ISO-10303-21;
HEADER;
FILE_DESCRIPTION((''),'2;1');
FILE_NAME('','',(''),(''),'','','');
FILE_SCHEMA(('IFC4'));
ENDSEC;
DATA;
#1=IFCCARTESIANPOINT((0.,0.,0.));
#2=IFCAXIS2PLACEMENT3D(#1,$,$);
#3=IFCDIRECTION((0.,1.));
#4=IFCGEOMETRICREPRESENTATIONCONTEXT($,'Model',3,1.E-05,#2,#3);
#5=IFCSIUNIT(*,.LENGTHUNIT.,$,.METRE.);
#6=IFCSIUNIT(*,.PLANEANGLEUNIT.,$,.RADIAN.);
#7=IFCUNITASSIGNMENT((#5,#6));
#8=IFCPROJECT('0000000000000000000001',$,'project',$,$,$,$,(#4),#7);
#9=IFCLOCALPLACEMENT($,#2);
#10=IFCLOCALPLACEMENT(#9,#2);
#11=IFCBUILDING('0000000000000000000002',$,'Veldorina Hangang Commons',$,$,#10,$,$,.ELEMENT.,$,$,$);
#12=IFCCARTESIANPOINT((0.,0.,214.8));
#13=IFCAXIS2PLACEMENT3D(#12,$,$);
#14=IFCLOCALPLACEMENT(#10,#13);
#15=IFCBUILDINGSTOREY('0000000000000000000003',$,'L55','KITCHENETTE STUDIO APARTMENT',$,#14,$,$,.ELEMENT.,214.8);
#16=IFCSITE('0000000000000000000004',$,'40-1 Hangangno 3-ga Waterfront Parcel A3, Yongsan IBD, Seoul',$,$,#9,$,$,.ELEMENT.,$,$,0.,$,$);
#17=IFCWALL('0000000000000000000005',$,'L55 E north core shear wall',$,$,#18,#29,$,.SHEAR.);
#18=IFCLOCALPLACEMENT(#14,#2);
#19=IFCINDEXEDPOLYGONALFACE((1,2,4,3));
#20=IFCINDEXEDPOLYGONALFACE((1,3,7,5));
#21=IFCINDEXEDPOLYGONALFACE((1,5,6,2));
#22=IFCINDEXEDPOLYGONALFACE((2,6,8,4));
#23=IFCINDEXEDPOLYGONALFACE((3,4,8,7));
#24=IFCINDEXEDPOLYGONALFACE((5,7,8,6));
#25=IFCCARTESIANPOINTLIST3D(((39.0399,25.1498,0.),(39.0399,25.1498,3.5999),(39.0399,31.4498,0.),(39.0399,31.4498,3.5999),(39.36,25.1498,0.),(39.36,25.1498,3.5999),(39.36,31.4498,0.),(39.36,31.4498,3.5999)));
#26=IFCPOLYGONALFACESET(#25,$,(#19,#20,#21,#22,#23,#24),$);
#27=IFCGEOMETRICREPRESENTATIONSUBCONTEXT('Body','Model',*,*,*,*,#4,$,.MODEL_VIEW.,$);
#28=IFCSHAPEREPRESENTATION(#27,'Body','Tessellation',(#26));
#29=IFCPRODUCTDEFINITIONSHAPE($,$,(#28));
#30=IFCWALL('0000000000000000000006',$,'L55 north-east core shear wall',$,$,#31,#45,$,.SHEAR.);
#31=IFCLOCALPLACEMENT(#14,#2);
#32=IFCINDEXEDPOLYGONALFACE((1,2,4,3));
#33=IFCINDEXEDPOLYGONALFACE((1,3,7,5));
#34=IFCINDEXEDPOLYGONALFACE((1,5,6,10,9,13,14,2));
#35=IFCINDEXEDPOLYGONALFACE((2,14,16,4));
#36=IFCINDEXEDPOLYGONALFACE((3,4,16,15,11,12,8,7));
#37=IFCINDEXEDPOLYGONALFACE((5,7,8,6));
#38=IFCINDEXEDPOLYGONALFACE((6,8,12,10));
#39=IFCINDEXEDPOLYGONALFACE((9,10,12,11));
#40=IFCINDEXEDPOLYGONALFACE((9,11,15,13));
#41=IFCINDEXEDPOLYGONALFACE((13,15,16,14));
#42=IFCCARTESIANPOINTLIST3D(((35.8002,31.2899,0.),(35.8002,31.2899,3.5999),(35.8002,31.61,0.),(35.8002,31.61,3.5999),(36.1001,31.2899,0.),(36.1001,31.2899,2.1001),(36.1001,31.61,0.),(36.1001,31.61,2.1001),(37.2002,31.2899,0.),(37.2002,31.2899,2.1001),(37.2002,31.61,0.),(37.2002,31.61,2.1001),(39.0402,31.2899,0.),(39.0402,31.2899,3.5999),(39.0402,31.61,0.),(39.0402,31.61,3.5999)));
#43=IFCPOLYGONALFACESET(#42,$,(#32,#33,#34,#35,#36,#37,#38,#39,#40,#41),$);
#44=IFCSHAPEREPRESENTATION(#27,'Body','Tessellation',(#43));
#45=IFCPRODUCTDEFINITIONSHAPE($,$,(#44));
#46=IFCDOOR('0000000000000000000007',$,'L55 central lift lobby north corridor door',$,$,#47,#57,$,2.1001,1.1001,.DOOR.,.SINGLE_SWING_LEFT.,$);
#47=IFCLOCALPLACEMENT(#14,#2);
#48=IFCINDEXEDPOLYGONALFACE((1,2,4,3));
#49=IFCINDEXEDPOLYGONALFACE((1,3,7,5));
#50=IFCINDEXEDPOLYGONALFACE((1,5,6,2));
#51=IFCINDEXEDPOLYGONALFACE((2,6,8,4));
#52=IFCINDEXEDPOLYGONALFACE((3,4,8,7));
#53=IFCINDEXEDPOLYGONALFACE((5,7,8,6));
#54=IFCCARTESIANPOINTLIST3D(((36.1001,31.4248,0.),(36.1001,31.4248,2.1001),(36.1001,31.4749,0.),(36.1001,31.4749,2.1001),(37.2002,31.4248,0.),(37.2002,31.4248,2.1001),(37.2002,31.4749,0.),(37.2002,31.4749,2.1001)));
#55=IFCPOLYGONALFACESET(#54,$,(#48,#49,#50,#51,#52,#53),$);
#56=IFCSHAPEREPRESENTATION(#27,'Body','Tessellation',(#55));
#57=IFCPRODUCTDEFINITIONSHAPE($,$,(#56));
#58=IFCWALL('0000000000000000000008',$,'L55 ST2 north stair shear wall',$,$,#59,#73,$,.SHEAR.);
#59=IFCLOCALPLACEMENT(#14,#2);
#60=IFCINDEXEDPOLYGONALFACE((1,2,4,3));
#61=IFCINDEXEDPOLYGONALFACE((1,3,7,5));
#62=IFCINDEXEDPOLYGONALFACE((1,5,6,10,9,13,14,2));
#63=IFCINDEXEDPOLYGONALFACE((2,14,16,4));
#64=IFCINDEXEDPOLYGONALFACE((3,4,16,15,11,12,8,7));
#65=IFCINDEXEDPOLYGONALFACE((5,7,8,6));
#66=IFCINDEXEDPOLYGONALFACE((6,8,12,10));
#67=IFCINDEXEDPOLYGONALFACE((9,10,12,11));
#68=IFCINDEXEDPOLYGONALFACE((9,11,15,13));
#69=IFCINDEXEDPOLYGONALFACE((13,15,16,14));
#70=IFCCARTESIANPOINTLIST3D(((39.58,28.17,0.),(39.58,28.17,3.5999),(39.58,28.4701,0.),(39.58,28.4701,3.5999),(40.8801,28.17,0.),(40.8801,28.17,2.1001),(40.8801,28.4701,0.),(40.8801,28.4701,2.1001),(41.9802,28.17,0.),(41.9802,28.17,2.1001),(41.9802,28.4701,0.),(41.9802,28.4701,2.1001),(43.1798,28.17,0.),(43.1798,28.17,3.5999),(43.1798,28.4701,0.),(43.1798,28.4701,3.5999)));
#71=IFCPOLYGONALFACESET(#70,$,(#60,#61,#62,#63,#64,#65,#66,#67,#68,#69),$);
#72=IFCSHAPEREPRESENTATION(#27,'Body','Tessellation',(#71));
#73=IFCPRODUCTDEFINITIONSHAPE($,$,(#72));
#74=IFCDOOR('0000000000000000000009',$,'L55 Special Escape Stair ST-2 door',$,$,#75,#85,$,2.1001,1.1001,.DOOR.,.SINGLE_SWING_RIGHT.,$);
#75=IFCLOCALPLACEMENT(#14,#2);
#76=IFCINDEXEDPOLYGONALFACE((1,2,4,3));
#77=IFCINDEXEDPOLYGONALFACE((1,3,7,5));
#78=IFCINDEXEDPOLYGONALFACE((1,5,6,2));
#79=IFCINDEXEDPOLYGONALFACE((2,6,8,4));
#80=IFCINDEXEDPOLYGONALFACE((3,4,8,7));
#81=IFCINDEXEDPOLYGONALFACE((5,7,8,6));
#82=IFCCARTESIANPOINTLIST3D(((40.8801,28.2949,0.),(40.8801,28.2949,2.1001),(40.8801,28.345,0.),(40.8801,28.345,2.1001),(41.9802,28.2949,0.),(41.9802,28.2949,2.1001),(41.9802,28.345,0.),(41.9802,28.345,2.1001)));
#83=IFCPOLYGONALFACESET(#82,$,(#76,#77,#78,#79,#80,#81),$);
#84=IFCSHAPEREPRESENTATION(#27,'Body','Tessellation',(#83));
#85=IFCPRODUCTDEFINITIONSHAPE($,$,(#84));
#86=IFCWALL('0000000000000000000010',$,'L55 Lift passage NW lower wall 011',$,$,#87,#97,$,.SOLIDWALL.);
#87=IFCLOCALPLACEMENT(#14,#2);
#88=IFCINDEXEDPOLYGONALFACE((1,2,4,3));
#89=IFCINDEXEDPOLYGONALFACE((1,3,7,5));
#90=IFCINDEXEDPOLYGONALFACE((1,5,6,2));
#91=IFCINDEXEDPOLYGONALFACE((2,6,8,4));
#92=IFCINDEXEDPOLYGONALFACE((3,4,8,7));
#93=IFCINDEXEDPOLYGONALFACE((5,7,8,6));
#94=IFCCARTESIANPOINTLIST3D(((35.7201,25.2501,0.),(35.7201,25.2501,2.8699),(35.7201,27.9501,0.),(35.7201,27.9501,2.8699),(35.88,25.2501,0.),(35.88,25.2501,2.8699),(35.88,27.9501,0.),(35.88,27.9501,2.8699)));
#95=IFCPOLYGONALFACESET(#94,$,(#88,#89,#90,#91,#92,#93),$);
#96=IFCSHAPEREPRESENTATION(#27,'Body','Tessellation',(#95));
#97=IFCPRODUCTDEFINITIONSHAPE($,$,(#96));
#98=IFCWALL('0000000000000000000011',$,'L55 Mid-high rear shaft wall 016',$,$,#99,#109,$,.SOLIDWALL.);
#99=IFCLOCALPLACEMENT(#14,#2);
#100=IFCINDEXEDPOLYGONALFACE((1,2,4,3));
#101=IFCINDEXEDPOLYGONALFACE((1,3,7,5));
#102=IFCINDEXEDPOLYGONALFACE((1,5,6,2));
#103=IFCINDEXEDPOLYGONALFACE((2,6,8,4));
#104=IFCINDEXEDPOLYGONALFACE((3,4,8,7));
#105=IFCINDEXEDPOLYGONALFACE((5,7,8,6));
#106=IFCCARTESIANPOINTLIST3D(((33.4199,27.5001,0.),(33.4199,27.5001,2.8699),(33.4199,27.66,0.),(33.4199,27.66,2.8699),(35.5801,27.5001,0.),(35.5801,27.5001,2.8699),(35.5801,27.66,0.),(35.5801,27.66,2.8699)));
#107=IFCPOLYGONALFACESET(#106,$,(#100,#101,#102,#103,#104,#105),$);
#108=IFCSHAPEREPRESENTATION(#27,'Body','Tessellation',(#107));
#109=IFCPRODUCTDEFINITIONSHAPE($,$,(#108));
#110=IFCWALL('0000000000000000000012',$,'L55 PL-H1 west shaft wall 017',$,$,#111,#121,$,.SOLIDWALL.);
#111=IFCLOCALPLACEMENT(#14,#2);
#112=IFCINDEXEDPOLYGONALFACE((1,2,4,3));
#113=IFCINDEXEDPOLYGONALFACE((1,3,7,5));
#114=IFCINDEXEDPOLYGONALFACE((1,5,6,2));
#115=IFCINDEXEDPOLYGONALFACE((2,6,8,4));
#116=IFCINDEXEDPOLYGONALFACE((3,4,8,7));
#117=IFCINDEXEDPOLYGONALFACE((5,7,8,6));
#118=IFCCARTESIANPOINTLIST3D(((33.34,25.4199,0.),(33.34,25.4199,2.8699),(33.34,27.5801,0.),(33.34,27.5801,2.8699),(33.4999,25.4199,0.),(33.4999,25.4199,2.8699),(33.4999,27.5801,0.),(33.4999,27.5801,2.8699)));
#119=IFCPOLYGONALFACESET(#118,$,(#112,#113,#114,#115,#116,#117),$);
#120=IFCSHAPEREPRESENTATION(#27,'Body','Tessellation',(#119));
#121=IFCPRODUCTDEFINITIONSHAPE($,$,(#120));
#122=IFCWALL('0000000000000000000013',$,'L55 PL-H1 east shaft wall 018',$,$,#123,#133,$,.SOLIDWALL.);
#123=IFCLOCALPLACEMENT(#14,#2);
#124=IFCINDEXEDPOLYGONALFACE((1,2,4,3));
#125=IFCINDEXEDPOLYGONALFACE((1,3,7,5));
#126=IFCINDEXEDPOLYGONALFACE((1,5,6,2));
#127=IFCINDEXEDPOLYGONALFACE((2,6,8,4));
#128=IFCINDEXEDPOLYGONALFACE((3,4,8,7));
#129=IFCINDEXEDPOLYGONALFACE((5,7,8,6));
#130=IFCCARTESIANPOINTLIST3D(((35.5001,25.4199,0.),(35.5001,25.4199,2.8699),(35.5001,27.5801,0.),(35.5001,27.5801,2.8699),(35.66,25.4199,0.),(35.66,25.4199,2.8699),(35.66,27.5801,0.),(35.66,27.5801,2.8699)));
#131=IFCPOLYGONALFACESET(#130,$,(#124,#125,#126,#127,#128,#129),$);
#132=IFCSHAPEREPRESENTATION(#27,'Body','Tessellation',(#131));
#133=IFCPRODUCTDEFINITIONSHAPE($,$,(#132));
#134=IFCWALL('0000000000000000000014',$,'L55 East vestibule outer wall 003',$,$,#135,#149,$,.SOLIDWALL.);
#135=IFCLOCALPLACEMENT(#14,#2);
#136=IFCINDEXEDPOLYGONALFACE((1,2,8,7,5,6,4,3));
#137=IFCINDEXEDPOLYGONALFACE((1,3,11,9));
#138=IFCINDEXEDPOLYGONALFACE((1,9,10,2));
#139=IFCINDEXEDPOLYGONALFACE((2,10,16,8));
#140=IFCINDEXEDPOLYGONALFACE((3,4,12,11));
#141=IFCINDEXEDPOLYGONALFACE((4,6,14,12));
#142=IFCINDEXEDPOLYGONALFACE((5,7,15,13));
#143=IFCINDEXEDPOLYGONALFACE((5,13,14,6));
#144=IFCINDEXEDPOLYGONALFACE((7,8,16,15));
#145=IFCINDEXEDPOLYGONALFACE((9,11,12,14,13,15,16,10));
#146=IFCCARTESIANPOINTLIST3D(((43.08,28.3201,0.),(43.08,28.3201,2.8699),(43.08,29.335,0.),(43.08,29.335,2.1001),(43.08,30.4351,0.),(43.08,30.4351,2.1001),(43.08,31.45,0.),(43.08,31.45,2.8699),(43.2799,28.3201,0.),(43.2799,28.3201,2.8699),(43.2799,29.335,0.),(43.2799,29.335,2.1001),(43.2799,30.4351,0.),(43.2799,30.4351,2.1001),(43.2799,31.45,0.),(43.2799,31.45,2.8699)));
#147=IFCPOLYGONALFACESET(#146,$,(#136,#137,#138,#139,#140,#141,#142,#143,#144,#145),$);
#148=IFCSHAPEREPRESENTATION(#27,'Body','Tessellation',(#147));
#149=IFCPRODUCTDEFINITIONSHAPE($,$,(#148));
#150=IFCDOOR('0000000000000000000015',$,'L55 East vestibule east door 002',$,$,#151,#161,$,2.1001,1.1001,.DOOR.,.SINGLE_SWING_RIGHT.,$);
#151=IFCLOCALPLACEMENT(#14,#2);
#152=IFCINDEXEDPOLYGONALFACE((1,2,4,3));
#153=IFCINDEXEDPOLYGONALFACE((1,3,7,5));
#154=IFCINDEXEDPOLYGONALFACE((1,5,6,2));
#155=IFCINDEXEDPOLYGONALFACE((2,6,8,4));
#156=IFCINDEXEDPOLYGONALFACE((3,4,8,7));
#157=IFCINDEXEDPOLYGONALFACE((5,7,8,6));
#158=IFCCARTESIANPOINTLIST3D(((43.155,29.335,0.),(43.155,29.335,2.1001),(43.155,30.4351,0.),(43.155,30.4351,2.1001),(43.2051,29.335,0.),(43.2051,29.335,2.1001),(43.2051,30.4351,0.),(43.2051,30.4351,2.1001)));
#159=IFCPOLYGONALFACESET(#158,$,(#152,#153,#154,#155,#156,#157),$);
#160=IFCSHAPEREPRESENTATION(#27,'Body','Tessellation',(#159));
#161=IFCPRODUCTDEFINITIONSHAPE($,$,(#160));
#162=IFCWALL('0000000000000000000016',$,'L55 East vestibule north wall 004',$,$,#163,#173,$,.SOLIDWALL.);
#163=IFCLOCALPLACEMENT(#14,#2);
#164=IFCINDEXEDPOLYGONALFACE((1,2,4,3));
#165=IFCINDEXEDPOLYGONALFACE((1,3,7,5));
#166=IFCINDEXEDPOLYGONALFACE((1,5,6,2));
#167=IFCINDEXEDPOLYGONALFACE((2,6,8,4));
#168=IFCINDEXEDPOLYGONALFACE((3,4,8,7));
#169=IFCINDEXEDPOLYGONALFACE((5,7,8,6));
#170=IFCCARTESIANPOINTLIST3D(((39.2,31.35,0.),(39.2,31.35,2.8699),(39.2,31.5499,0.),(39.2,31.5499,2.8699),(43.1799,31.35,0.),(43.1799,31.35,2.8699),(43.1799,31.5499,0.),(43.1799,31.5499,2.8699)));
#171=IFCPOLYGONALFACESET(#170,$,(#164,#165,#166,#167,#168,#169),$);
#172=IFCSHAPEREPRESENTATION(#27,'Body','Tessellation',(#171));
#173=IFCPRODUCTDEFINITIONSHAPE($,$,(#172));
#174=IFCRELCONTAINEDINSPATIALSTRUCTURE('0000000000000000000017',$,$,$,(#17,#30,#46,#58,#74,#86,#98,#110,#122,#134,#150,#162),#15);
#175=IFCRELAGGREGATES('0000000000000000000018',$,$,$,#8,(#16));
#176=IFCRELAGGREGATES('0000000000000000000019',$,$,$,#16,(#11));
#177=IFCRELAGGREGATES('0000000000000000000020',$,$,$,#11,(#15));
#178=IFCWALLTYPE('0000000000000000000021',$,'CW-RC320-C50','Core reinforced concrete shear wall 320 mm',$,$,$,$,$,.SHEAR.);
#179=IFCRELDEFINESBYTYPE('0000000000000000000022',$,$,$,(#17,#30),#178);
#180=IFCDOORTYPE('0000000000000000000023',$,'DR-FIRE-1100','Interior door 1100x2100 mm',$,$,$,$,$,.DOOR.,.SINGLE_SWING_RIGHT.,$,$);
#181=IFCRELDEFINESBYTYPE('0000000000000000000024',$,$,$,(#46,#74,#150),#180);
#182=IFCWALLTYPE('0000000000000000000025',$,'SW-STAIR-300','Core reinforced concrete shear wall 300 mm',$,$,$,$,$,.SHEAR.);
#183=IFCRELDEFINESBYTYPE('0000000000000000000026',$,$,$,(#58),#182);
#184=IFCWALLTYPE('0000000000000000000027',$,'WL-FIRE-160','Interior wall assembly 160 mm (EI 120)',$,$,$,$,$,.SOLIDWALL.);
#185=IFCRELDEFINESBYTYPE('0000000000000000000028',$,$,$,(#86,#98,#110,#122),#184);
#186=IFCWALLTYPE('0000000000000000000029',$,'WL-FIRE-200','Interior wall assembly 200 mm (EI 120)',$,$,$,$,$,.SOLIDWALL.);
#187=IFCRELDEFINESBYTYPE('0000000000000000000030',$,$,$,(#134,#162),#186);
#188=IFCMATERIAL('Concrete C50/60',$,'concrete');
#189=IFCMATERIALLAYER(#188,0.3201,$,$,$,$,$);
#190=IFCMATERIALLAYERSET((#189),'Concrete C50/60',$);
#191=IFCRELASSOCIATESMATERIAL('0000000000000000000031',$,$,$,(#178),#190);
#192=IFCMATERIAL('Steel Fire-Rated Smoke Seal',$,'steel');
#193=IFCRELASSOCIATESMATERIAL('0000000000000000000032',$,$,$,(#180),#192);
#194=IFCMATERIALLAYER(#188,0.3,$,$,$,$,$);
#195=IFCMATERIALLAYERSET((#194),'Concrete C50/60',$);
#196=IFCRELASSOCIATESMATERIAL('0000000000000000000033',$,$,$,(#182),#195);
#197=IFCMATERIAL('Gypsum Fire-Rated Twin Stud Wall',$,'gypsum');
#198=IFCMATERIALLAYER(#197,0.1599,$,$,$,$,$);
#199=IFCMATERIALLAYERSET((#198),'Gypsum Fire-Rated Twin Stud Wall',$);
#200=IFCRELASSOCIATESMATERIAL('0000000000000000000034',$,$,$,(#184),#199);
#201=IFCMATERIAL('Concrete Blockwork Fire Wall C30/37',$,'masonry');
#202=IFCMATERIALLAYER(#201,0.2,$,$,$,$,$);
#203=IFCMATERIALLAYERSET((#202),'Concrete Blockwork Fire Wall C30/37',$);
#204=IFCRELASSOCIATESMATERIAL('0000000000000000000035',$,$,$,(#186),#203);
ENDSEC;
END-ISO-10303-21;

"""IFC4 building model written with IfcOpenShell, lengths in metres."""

from ifc_helpers import new_model, si_unit, direction, frame, frame_2d, origin, place, context, subcontext, project, spatial, rectangle, extrude, material, layer, layer_set, type_object, element, fill, save


model = new_model("IFC4")

# Units and contexts
model_context = context("Model", 3, precision=1e-05, world=origin(), true_north=direction((0.0, 1.0)))
body_context = subcontext(model_context, "Body", "Model", "MODEL_VIEW")
ifc_project = project(units=[si_unit("LENGTHUNIT", "METRE"), si_unit("PLANEANGLEUNIT", "RADIAN")], contexts=[model_context])

# Site, building, storey
site_placement = place(None, origin())
site = spatial("IfcSite", under=ifc_project, at=site_placement, Name="40-1 Hangangno 3-ga Waterfront Parcel A3, Yongsan IBD, Seoul", CompositionType="ELEMENT", RefElevation=0.0)
building_placement = place(site_placement, origin())
building = spatial("IfcBuilding", under=site, at=building_placement, Name="Veldorina Hangang Commons", CompositionType="ELEMENT")
storey_placement = place(building_placement, frame((0.0, 0.0, 214.8)))
storey = spatial("IfcBuildingStorey", under=building, at=storey_placement, Name="L55", Description="KITCHENETTE STUDIO APARTMENT", CompositionType="ELEMENT", Elevation=214.8)

# Wall
ifc_material_1 = material(Name="Concrete C50/60", Category="concrete")
ifc_layer_1 = layer(ifc_material_1, 0.3201)
ifc_layer_set_1 = layer_set([ifc_layer_1], Name="Concrete C50/60")
wall_type_1 = type_object("IfcWallType", Name="CW-RC320-C50", Description="Core reinforced concrete shear wall 320 mm", PredefinedType="SHEAR", material=ifc_layer_set_1)
wall_1_placement = place(storey_placement, frame((39.2, 25.1499, 0.0), z_axis=(0.0, 0.0, 1.0), x_axis=(0.0, 1.0, 0.0)))
element("IfcWall", 1, at=wall_1_placement, inside=storey, type_object=wall_type_1, Name="L55 E north core shear wall", PredefinedType="SHEAR", context=body_context, shape_type="SweptSolid", body=[
    extrude(rectangle(XDim=6.3, YDim=0.3201, at=frame_2d((3.1499, 0.0))), origin(), (0.0, 0.0, 1.0), 3.5999),
])

# Walls, openings, doors
wall_2_placement = place(storey_placement, frame((35.8, 31.45, 0.0), z_axis=(0.0, 0.0, 1.0), x_axis=(1.0, 0.0, 0.0)))
wall_2 = element("IfcWall", 2, at=wall_2_placement, inside=storey, type_object=wall_type_1, Name="L55 north-east core shear wall", PredefinedType="SHEAR", context=body_context, shape_type="SweptSolid", body=[
    extrude(rectangle(XDim=3.24, YDim=0.3201, at=frame_2d((1.6201, 0.0))), origin(), (0.0, 0.0, 1.0), 3.5999),
])
opening_1_placement = place(wall_2_placement, frame((0.3, 0.0, 0.0)))
opening_1 = element("IfcOpeningElement", 3, at=opening_1_placement, cuts=wall_2, PredefinedType="OPENING", context=body_context, shape_type="SweptSolid", body=[
    extrude(rectangle(XDim=1.1001, YDim=2.1001, at=frame_2d((0.55, 1.05))), frame((0.0, 0.1699, 0.0), z_axis=(0.0, -1.0, 0.0), x_axis=(1.0, 0.0, 0.0)), (0.0, 0.0, 1.0), 0.3401),
])
ifc_material_2 = material(Name="Steel Fire-Rated Smoke Seal", Category="steel")
door_type_1 = type_object("IfcDoorType", Name="DR-FIRE-1100", Description="Interior door 1100x2100 mm", OperationType="SINGLE_SWING_RIGHT", PredefinedType="DOOR", material=ifc_material_2)
door_1_placement = place(opening_1_placement, origin())
door_1 = element("IfcDoor", 4, at=door_1_placement, inside=storey, type_object=door_type_1, Name="L55 central lift lobby north corridor door", OperationType="SINGLE_SWING_LEFT", OverallHeight=2.1001, OverallWidth=1.1001, PredefinedType="DOOR", context=body_context, shape_type="SweptSolid", body=[
    extrude(rectangle(XDim=1.1001, YDim=2.1001, at=frame_2d((0.55, 1.05))), frame((0.0, 0.0249, 0.0), z_axis=(0.0, -1.0, 0.0), x_axis=(1.0, 0.0, 0.0)), (0.0, 0.0, 1.0), 0.05),
])
fill(opening_1, door_1)
ifc_layer_2 = layer(ifc_material_1, 0.3)
ifc_layer_set_2 = layer_set([ifc_layer_2], Name="Concrete C50/60")
wall_type_2 = type_object("IfcWallType", Name="SW-STAIR-300", Description="Core reinforced concrete shear wall 300 mm", PredefinedType="SHEAR", material=ifc_layer_set_2)
wall_3_placement = place(storey_placement, frame((39.5801, 28.3201, 0.0), z_axis=(0.0, 0.0, 1.0), x_axis=(1.0, 0.0, 0.0)))
wall_3 = element("IfcWall", 5, at=wall_3_placement, inside=storey, type_object=wall_type_2, Name="L55 ST2 north stair shear wall", PredefinedType="SHEAR", context=body_context, shape_type="SweptSolid", body=[
    extrude(rectangle(XDim=3.5999, YDim=0.3, at=frame_2d((1.7998, 0.0))), origin(), (0.0, 0.0, 1.0), 3.5999),
])
opening_2_placement = place(wall_3_placement, frame((1.3, 0.0, 0.0)))
opening_2 = element("IfcOpeningElement", 6, at=opening_2_placement, cuts=wall_3, PredefinedType="OPENING", context=body_context, shape_type="SweptSolid", body=[
    extrude(rectangle(XDim=1.1001, YDim=2.1001, at=frame_2d((0.55, 1.05))), frame((0.0, 0.1602, 0.0), z_axis=(0.0, -1.0, 0.0), x_axis=(1.0, 0.0, 0.0)), (0.0, 0.0, 1.0), 0.3201),
])
door_2_placement = place(opening_2_placement, origin())
door_2 = element("IfcDoor", 7, at=door_2_placement, inside=storey, type_object=door_type_1, Name="L55 Special Escape Stair ST-2 door", OperationType="SINGLE_SWING_RIGHT", OverallHeight=2.1001, OverallWidth=1.1001, PredefinedType="DOOR", context=body_context, shape_type="SweptSolid", body=[
    extrude(rectangle(XDim=1.1001, YDim=2.1001, at=frame_2d((0.55, 1.05))), frame((0.0, 0.0249, 0.0), z_axis=(0.0, -1.0, 0.0), x_axis=(1.0, 0.0, 0.0)), (0.0, 0.0, 1.0), 0.05),
])
fill(opening_2, door_2)

# Wall
ifc_material_3 = material(Name="Gypsum Fire-Rated Twin Stud Wall", Category="gypsum")
ifc_layer_3 = layer(ifc_material_3, 0.1599)
ifc_layer_set_3 = layer_set([ifc_layer_3], Name="Gypsum Fire-Rated Twin Stud Wall")
wall_type_3 = type_object("IfcWallType", Name="WL-FIRE-160", Description="Interior wall assembly 160 mm (EI 120)", PredefinedType="SOLIDWALL", material=ifc_layer_set_3)
wall_4_placement = place(storey_placement, frame((35.8, 25.25, 0.0), z_axis=(0.0, 0.0, 1.0), x_axis=(0.0, 1.0, 0.0)))
element("IfcWall", 8, at=wall_4_placement, inside=storey, type_object=wall_type_3, Name="L55 Lift passage NW lower wall 011", PredefinedType="SOLIDWALL", context=body_context, shape_type="SweptSolid", body=[
    extrude(rectangle(XDim=2.7, YDim=0.1599, at=frame_2d((1.3501, 0.0))), origin(), (0.0, 0.0, 1.0), 2.8699),
])

# Walls
for number, where, z_axis, x_axis, name in (
    (9, (33.4199, 27.5801, 0.0), (0.0, 0.0, 1.0), (1.0, 0.0, 0.0), "L55 Mid-high rear shaft wall 016"),
    (10, (33.4199, 25.4199, 0.0), (0.0, 0.0, 1.0), (0.0, 1.0, 0.0), "L55 PL-H1 west shaft wall 017"),
    (11, (35.5801, 25.4199, 0.0), (0.0, 0.0, 1.0), (0.0, 1.0, 0.0), "L55 PL-H1 east shaft wall 018"),
):
    element("IfcWall", number, at=place(storey_placement, frame(where, z_axis=z_axis, x_axis=x_axis)), inside=storey, type_object=wall_type_3, Name=name, PredefinedType="SOLIDWALL", context=body_context, shape_type="SweptSolid", body=[
        extrude(rectangle(XDim=2.1602, YDim=0.1599, at=frame_2d((1.0801, 0.0))), origin(), (0.0, 0.0, 1.0), 2.8699),
    ])

# Wall, opening, door
ifc_material_4 = material(Name="Concrete Blockwork Fire Wall C30/37", Category="masonry")
ifc_layer_4 = layer(ifc_material_4, 0.2)
ifc_layer_set_4 = layer_set([ifc_layer_4], Name="Concrete Blockwork Fire Wall C30/37")
wall_type_4 = type_object("IfcWallType", Name="WL-FIRE-200", Description="Interior wall assembly 200 mm (EI 120)", PredefinedType="SOLIDWALL", material=ifc_layer_set_4)
wall_5_placement = place(storey_placement, frame((43.1799, 28.3201, 0.0), z_axis=(0.0, 0.0, 1.0), x_axis=(0.0, 1.0, 0.0)))
wall_5 = element("IfcWall", 12, at=wall_5_placement, inside=storey, type_object=wall_type_4, Name="L55 East vestibule outer wall 003", PredefinedType="SOLIDWALL", context=body_context, shape_type="SweptSolid", body=[
    extrude(rectangle(XDim=3.1299, YDim=0.2, at=frame_2d((1.5649, 0.0))), origin(), (0.0, 0.0, 1.0), 2.8699),
])
opening_3_placement = place(wall_5_placement, frame((1.0149, 0.0, 0.0)))
opening_3 = element("IfcOpeningElement", 13, at=opening_3_placement, cuts=wall_5, PredefinedType="OPENING", context=body_context, shape_type="SweptSolid", body=[
    extrude(rectangle(XDim=1.1001, YDim=2.1001, at=frame_2d((0.55, 1.05))), frame((0.0, 0.1099, 0.0), z_axis=(0.0, -1.0, 0.0), x_axis=(1.0, 0.0, 0.0)), (0.0, 0.0, 1.0), 0.22),
])
door_3_placement = place(opening_3_placement, origin())
door_3 = element("IfcDoor", 14, at=door_3_placement, inside=storey, type_object=door_type_1, Name="L55 East vestibule east door 002", OperationType="SINGLE_SWING_RIGHT", OverallHeight=2.1001, OverallWidth=1.1001, PredefinedType="DOOR", context=body_context, shape_type="SweptSolid", body=[
    extrude(rectangle(XDim=1.1001, YDim=2.1001, at=frame_2d((0.55, 1.05))), frame((0.0, 0.0249, 0.0), z_axis=(0.0, -1.0, 0.0), x_axis=(1.0, 0.0, 0.0)), (0.0, 0.0, 1.0), 0.05),
])
fill(opening_3, door_3)

# Wall
wall_6_placement = place(storey_placement, frame((39.2, 31.45, 0.0), z_axis=(0.0, 0.0, 1.0), x_axis=(1.0, 0.0, 0.0)))
element("IfcWall", 15, at=wall_6_placement, inside=storey, type_object=wall_type_4, Name="L55 East vestibule north wall 004", PredefinedType="SOLIDWALL", context=body_context, shape_type="SweptSolid", body=[
    extrude(rectangle(XDim=3.98, YDim=0.2, at=frame_2d((1.99, 0.0))), origin(), (0.0, 0.0, 1.0), 2.8699),
])

save(model, "model.ifc")
